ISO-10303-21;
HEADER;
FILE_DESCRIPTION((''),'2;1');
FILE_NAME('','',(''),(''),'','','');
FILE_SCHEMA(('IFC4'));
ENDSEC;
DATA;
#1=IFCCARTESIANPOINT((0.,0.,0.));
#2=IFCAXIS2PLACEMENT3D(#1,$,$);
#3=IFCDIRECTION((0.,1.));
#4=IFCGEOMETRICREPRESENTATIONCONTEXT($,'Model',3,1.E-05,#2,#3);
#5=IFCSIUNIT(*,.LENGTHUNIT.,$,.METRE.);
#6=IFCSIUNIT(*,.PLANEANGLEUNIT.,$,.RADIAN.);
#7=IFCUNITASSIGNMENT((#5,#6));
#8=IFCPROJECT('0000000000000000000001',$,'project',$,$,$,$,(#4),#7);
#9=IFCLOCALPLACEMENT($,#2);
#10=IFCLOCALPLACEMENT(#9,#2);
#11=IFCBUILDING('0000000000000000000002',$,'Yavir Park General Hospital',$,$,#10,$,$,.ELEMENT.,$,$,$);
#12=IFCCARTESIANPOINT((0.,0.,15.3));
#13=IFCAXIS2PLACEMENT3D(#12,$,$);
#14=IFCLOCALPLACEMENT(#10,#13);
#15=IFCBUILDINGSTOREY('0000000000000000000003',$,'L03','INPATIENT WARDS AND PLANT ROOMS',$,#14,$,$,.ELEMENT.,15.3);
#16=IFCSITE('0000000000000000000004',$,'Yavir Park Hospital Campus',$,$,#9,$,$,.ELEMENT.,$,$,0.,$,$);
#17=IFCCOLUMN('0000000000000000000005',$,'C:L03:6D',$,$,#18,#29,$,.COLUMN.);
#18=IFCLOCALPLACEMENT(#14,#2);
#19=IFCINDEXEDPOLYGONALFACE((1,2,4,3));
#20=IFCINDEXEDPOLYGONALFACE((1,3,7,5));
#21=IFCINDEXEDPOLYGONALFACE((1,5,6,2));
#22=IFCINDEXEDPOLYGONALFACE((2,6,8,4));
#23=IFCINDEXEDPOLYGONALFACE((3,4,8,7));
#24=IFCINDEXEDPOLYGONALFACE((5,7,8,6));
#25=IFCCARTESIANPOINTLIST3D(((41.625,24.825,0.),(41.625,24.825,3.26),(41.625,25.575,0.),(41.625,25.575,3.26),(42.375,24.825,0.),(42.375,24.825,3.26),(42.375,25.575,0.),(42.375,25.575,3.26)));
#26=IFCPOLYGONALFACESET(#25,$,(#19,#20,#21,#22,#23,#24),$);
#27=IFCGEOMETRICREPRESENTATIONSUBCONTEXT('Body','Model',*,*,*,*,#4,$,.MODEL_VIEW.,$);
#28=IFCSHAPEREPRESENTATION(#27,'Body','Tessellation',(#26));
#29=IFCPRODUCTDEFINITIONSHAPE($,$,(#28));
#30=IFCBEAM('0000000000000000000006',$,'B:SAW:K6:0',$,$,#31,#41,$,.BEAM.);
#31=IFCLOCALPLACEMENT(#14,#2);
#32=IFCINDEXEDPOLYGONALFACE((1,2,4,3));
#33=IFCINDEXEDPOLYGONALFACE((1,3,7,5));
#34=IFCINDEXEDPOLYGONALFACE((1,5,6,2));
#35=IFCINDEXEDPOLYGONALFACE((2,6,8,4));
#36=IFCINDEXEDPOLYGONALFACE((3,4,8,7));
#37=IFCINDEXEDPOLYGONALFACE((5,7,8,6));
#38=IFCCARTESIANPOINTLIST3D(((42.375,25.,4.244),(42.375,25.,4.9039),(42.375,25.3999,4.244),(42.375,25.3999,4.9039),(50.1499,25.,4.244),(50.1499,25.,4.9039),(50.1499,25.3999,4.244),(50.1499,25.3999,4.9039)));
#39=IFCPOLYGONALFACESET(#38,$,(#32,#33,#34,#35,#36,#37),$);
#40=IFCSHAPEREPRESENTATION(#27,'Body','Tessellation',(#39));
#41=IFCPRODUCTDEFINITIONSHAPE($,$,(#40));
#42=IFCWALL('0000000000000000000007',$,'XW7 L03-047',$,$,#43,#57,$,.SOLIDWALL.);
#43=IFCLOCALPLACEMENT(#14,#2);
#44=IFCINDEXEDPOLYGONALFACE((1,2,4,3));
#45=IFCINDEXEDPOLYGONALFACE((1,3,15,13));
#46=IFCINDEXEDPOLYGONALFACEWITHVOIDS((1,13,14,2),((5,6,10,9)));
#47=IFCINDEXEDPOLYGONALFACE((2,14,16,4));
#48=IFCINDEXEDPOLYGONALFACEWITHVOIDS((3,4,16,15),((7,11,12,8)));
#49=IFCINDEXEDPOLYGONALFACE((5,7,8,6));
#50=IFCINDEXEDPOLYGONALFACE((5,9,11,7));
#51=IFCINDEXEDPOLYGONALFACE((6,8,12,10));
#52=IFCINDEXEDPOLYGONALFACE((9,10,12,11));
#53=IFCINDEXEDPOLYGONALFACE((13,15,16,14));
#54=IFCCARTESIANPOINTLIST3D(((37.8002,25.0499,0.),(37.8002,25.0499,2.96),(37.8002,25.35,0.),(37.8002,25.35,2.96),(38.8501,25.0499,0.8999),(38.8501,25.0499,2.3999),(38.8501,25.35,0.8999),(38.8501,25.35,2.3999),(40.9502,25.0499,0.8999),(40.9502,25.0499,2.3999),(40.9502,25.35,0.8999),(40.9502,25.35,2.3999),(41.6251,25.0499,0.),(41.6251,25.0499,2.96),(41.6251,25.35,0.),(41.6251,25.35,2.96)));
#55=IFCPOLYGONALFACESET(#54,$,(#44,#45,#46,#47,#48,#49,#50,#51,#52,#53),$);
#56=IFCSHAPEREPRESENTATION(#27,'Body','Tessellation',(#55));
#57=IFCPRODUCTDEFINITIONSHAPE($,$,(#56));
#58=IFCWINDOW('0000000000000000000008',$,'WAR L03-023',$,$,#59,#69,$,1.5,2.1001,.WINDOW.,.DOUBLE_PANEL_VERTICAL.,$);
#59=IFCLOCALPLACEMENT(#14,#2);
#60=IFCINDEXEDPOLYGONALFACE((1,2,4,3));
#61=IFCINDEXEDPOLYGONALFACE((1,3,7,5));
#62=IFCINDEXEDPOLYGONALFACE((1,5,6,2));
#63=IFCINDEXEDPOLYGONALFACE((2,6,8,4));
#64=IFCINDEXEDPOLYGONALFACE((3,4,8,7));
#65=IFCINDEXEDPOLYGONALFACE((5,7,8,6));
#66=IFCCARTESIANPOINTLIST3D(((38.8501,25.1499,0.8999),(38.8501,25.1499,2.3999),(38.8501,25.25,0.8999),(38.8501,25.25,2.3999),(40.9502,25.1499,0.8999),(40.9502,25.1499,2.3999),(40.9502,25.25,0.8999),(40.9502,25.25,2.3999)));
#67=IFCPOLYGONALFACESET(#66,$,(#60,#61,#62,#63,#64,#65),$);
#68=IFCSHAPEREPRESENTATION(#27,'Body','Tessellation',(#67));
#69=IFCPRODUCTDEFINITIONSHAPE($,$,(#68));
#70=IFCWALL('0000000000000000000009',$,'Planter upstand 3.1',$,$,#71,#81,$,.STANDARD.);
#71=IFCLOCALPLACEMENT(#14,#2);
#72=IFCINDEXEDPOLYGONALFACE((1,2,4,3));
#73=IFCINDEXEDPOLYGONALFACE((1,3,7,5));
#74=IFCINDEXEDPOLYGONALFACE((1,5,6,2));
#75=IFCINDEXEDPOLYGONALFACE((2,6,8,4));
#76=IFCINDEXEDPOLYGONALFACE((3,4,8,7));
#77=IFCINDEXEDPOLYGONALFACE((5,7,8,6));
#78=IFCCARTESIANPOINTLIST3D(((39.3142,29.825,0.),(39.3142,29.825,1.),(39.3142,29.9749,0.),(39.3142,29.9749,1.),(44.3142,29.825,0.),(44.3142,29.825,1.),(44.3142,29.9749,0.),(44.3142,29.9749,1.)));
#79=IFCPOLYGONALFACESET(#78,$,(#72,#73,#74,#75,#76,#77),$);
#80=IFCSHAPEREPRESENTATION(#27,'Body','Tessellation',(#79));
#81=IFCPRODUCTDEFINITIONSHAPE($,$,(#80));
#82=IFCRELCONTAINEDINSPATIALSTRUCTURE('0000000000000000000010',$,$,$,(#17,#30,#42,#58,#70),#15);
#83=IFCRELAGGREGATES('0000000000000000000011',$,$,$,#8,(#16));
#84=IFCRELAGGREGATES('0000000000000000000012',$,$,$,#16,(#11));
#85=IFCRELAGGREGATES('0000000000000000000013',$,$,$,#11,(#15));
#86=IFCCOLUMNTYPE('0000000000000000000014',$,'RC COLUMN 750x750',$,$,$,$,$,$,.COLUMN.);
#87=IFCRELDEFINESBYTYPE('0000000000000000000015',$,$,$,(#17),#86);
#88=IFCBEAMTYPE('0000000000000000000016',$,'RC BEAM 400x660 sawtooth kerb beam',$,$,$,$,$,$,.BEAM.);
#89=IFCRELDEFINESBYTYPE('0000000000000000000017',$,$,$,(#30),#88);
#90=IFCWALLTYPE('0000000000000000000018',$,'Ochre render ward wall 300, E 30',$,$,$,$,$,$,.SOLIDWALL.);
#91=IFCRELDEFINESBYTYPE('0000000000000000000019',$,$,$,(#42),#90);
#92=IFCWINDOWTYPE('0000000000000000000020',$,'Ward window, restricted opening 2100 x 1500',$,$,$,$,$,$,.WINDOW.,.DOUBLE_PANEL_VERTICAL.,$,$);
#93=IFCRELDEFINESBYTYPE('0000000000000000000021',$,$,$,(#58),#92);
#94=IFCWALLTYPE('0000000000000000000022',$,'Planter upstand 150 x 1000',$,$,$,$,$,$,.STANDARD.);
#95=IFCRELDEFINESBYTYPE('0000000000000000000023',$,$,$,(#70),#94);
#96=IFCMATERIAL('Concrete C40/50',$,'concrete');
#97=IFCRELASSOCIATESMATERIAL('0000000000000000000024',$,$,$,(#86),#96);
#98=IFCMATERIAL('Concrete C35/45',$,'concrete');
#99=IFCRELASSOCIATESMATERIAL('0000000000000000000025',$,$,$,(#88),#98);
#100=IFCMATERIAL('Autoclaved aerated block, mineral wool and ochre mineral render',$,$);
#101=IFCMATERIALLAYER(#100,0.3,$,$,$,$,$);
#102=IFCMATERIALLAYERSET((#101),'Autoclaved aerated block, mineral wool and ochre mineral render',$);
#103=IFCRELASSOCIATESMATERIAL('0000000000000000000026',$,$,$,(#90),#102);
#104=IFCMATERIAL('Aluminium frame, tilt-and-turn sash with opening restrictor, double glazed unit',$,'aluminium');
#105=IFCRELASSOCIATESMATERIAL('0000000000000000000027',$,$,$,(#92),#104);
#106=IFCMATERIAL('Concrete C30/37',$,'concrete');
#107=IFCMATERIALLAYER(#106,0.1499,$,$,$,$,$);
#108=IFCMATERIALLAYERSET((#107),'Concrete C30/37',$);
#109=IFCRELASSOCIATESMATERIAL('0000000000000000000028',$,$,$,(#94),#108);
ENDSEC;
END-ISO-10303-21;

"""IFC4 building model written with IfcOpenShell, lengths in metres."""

from ifc_helpers import new_model, si_unit, direction, frame, frame_2d, origin, origin_2d, place, context, subcontext, project, spatial, rectangle, extrude, material, layer, layer_set, material_profile, profile_set, type_object, element, fill, save


model = new_model("IFC4")

# Units and contexts
model_context = context("Model", 3, precision=1e-05, world=origin(), true_north=direction((0.0, 1.0)))
body_context = subcontext(model_context, "Body", "Model", "MODEL_VIEW")
ifc_project = project(units=[si_unit("LENGTHUNIT", "METRE"), si_unit("PLANEANGLEUNIT", "RADIAN")], contexts=[model_context])

# Site, building, storey
site_placement = place(None, origin())
site = spatial("IfcSite", under=ifc_project, at=site_placement, Name="Yavir Park Hospital Campus", CompositionType="ELEMENT", RefElevation=0.0)
building_placement = place(site_placement, origin())
building = spatial("IfcBuilding", under=site, at=building_placement, Name="Yavir Park General Hospital", CompositionType="ELEMENT")
storey_placement = place(building_placement, frame((0.0, 0.0, 15.3)))
storey = spatial("IfcBuildingStorey", under=building, at=storey_placement, Name="L03", Description="INPATIENT WARDS AND PLANT ROOMS", CompositionType="ELEMENT", Elevation=15.3)

# Column
ifc_material_1 = material(Name="Concrete C40/50", Category="concrete")
ifc_material_profile_1 = material_profile(ifc_material_1, rectangle(XDim=0.75, YDim=0.75, at=origin_2d()), Name="RC750x750")
ifc_profile_set_1 = profile_set([ifc_material_profile_1], Name="Concrete C40/50")
column_type = type_object("IfcColumnType", Name="RC COLUMN 750x750", PredefinedType="COLUMN", material=ifc_profile_set_1)
column_placement = place(storey_placement, frame((42.0, 25.2, 0.0), z_axis=(0.0, 0.0, 1.0), x_axis=(1.0, 0.0, 0.0)))
element("IfcColumn", 1, at=column_placement, inside=storey, type_object=column_type, Name="C:L03:6D", PredefinedType="COLUMN", context=body_context, shape_type="SweptSolid", body=[
    extrude(rectangle(XDim=0.75, YDim=0.75, at=origin_2d()), origin(), (0.0, 0.0, 1.0), 3.26),
])

# Beam
ifc_material_2 = material(Name="Concrete C35/45", Category="concrete")
ifc_material_profile_2 = material_profile(ifc_material_2, rectangle(XDim=0.3999, YDim=0.6599, at=origin_2d()), Name="RC400x660")
ifc_profile_set_2 = profile_set([ifc_material_profile_2], Name="Concrete C35/45")
beam_type = type_object("IfcBeamType", Name="RC BEAM 400x660 sawtooth kerb beam", PredefinedType="BEAM", material=ifc_profile_set_2)
beam_placement = place(storey_placement, frame((42.375, 25.2, 4.574), z_axis=(1.0, 0.0, 0.0), x_axis=(0.0, 1.0, 0.0)))
element("IfcBeam", 2, at=beam_placement, inside=storey, type_object=beam_type, Name="B:SAW:K6:0", PredefinedType="BEAM", context=body_context, shape_type="SweptSolid", body=[
    extrude(rectangle(XDim=0.3999, YDim=0.6599, at=origin_2d()), origin(), (0.0, 0.0, 1.0), 7.7749),
])

# Wall, opening, window
ifc_material_3 = material(Name="Autoclaved aerated block, mineral wool and ochre mineral render")
ifc_layer_1 = layer(ifc_material_3, 0.3)
ifc_layer_set_1 = layer_set([ifc_layer_1], Name="Autoclaved aerated block, mineral wool and ochre mineral render")
wall_type_1 = type_object("IfcWallType", Name="Ochre render ward wall 300, E 30", PredefinedType="SOLIDWALL", material=ifc_layer_set_1)
wall_1_placement = place(storey_placement, frame((37.8, 25.2, 0.0), z_axis=(0.0, 0.0, 1.0), x_axis=(1.0, 0.0, 0.0)))
wall_1 = element("IfcWall", 3, at=wall_1_placement, inside=storey, type_object=wall_type_1, Name="XW7 L03-047", PredefinedType="SOLIDWALL", context=body_context, shape_type="SweptSolid", body=[
    extrude(rectangle(XDim=3.825, YDim=0.3, at=frame_2d((1.9126, 0.0))), origin(), (0.0, 0.0, 1.0), 2.96),
])
opening_1_placement = place(wall_1_placement, frame((1.05, 0.0, 0.8999)))
opening_1 = element("IfcOpeningElement", 4, at=opening_1_placement, cuts=wall_1, PredefinedType="OPENING", context=body_context, shape_type="SweptSolid", body=[
    extrude(rectangle(XDim=2.1001, YDim=1.5, at=frame_2d((1.05, 0.75))), frame((0.0, 0.1599, 0.0), z_axis=(0.0, -1.0, 0.0), x_axis=(1.0, 0.0, 0.0)), (0.0, 0.0, 1.0), 0.3201),
])
ifc_material_4 = material(Name="Aluminium frame, tilt-and-turn sash with opening restrictor, double glazed unit", Category="aluminium")
window_type_1 = type_object("IfcWindowType", Name="Ward window, restricted opening 2100 x 1500", PartitioningType="DOUBLE_PANEL_VERTICAL", PredefinedType="WINDOW", material=ifc_material_4)
window_1_placement = place(opening_1_placement, origin())
window_1 = element("IfcWindow", 5, at=window_1_placement, inside=storey, type_object=window_type_1, Name="WAR L03-023", OverallHeight=1.5, OverallWidth=2.1001, PartitioningType="DOUBLE_PANEL_VERTICAL", PredefinedType="WINDOW", context=body_context, shape_type="SweptSolid", body=[
    extrude(rectangle(XDim=2.1001, YDim=1.5, at=frame_2d((1.05, 0.75))), frame((0.0, 0.05, 0.0), z_axis=(0.0, -1.0, 0.0), x_axis=(1.0, 0.0, 0.0)), (0.0, 0.0, 1.0), 0.1001),
])
fill(opening_1, window_1)

# Wall
ifc_material_5 = material(Name="Concrete C30/37", Category="concrete")
ifc_layer_2 = layer(ifc_material_5, 0.1499)
ifc_layer_set_2 = layer_set([ifc_layer_2], Name="Concrete C30/37")
wall_type_2 = type_object("IfcWallType", Name="Planter upstand 150 x 1000", PredefinedType="STANDARD", material=ifc_layer_set_2)
wall_2_placement = place(storey_placement, frame((39.3142, 29.8999, 0.0), z_axis=(0.0, 0.0, 1.0), x_axis=(1.0, 0.0, 0.0)))
element("IfcWall", 6, at=wall_2_placement, inside=storey, type_object=wall_type_2, Name="Planter upstand 3.1", PredefinedType="STANDARD", context=body_context, shape_type="SweptSolid", body=[
    extrude(rectangle(XDim=5.0, YDim=0.1499, at=frame_2d((2.5, 0.0))), origin(), (0.0, 0.0, 1.0), 1.0),
])

save(model, "model.ifc")
